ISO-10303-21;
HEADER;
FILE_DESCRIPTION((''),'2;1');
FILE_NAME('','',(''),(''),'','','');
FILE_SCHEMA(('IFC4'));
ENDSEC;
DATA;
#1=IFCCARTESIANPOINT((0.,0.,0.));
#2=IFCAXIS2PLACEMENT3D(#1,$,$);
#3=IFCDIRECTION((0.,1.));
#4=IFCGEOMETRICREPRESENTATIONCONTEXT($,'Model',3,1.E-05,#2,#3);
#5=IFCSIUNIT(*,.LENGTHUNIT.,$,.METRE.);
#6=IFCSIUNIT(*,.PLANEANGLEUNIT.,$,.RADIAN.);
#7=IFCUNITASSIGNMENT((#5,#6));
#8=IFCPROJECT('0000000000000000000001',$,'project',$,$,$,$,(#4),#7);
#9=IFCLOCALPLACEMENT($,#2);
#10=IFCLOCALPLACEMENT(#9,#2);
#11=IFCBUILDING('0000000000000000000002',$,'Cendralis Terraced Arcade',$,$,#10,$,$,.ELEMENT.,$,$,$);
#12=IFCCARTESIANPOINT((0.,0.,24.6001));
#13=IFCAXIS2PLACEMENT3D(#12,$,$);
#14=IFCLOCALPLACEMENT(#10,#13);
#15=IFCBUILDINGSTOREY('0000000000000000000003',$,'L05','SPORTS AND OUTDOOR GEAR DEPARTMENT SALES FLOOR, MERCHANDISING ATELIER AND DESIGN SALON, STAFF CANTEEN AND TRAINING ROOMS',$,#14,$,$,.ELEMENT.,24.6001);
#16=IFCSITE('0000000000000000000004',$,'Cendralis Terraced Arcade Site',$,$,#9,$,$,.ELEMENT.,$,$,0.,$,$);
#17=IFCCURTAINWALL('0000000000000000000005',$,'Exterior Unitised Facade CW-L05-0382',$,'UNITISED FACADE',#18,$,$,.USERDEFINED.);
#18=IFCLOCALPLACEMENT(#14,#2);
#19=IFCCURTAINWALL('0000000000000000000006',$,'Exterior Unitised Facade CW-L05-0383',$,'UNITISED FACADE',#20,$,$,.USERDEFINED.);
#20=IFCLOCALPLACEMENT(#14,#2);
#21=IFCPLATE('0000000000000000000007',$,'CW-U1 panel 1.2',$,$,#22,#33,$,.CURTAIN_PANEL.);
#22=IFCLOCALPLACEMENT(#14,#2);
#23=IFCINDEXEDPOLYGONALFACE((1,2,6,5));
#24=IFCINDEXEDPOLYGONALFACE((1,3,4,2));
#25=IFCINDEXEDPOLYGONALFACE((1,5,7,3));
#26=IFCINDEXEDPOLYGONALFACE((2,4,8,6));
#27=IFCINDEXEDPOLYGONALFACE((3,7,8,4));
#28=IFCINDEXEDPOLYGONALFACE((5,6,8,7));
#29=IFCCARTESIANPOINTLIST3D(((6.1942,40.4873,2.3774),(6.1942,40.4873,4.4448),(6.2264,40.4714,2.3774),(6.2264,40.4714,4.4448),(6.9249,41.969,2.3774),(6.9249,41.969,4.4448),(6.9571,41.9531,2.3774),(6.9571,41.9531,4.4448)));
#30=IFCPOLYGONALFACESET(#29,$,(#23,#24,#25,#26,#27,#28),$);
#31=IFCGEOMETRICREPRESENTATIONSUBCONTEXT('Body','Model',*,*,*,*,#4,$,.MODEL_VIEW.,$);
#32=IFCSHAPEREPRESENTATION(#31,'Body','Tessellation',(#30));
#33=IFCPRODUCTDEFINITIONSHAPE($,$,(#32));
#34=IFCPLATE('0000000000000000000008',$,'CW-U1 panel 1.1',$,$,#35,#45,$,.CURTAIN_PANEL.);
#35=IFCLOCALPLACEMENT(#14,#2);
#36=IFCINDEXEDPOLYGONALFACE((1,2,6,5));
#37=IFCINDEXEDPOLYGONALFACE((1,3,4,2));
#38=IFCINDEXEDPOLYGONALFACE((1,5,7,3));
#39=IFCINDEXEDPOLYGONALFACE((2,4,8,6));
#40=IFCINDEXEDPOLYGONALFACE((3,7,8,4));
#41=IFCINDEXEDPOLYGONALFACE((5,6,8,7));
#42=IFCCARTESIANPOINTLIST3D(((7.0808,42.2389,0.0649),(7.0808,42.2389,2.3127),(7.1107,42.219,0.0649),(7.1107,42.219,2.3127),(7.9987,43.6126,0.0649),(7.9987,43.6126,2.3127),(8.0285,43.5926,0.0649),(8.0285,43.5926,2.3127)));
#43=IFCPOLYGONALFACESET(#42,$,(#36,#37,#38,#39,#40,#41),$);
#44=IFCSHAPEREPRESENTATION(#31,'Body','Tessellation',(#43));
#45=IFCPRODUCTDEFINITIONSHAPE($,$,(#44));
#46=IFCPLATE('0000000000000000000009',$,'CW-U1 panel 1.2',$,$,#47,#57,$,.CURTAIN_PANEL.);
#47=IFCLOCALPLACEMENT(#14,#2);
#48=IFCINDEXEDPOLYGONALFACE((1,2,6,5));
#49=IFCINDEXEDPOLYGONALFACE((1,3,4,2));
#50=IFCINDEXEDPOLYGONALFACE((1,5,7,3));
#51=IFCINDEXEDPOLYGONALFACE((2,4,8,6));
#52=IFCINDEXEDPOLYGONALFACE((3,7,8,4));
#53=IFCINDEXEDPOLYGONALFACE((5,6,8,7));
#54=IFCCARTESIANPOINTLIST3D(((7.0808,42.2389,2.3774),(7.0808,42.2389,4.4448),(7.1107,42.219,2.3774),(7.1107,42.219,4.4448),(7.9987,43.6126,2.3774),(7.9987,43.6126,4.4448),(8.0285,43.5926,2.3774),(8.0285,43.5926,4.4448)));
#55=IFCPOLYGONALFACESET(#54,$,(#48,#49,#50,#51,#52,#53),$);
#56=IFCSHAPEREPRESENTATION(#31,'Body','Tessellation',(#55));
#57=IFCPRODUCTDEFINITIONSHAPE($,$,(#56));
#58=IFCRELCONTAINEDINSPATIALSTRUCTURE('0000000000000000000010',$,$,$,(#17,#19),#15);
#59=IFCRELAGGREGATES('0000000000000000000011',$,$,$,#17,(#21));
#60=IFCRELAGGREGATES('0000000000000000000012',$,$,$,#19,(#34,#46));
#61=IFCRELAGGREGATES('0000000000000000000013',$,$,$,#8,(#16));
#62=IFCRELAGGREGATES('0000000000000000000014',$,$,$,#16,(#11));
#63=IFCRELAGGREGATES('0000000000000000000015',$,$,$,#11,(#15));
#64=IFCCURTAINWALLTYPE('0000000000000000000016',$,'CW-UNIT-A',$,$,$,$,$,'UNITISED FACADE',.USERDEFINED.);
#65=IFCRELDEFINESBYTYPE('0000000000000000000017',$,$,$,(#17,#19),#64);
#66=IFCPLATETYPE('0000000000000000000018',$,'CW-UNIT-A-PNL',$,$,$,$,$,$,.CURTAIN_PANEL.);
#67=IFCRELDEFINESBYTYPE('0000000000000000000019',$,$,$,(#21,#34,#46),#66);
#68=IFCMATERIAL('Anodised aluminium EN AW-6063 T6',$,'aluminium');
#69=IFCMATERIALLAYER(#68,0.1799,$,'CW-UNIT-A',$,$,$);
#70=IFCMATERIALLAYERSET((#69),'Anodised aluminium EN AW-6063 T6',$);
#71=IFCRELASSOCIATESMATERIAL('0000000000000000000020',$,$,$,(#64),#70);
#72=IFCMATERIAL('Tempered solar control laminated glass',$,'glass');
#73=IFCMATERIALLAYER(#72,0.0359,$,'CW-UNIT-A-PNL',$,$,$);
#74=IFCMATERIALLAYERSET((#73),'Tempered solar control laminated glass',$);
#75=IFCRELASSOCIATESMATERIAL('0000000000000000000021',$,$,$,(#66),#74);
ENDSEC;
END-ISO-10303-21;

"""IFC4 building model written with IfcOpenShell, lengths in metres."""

from ifc_helpers import new_model, si_unit, direction, frame, origin, origin_2d, place, context, subcontext, project, spatial, rectangle, extrude, material, layer, layer_set, type_object, element, aggregate, save


model = new_model("IFC4")

# Units and contexts
model_context = context("Model", 3, precision=1e-05, world=origin(), true_north=direction((0.0, 1.0)))
body_context = subcontext(model_context, "Body", "Model", "MODEL_VIEW")
ifc_project = project(units=[si_unit("LENGTHUNIT", "METRE"), si_unit("PLANEANGLEUNIT", "RADIAN")], contexts=[model_context])

# Site, building, storey
site_placement = place(None, origin())
site = spatial("IfcSite", under=ifc_project, at=site_placement, Name="Cendralis Terraced Arcade Site", CompositionType="ELEMENT", RefElevation=0.0)
building_placement = place(site_placement, origin())
building = spatial("IfcBuilding", under=site, at=building_placement, Name="Cendralis Terraced Arcade", CompositionType="ELEMENT")
storey_placement = place(building_placement, frame((0.0, 0.0, 24.6001)))
storey = spatial("IfcBuildingStorey", under=building, at=storey_placement, Name="L05", Description="SPORTS AND OUTDOOR GEAR DEPARTMENT SALES FLOOR, MERCHANDISING ATELIER AND DESIGN SALON, STAFF CANTEEN AND TRAINING ROOMS", CompositionType="ELEMENT", Elevation=24.6001)

# Curtain walls
ifc_material_1 = material(Name="Anodised aluminium EN AW-6063 T6", Category="aluminium")
ifc_layer_1 = layer(ifc_material_1, 0.1799, Name="CW-UNIT-A")
ifc_layer_set_1 = layer_set([ifc_layer_1], Name="Anodised aluminium EN AW-6063 T6")
curtain_wall_type = type_object("IfcCurtainWallType", Name="CW-UNIT-A", ElementType="UNITISED FACADE", PredefinedType="USERDEFINED", material=ifc_layer_set_1)
curtain_wall_1_placement = place(storey_placement, origin())
curtain_wall_1 = element("IfcCurtainWall", 1, at=curtain_wall_1_placement, inside=storey, type_object=curtain_wall_type, Name="Exterior Unitised Facade CW-L05-0382", ObjectType="UNITISED FACADE", PredefinedType="USERDEFINED")
curtain_wall_2_placement = place(storey_placement, origin())
curtain_wall_2 = element("IfcCurtainWall", 2, at=curtain_wall_2_placement, inside=storey, type_object=curtain_wall_type, Name="Exterior Unitised Facade CW-L05-0383", ObjectType="UNITISED FACADE", PredefinedType="USERDEFINED")

# Plates
ifc_material_2 = material(Name="Tempered solar control laminated glass", Category="glass")
ifc_layer_2 = layer(ifc_material_2, 0.0359, Name="CW-UNIT-A-PNL")
ifc_layer_set_2 = layer_set([ifc_layer_2], Name="Tempered solar control laminated glass")
plate_type = type_object("IfcPlateType", Name="CW-UNIT-A-PNL", PredefinedType="CURTAIN_PANEL", material=ifc_layer_set_2)
plate_1_placement = place(storey_placement, frame((6.5757, 41.2202, 2.3774), z_axis=(0.0, 0.0, 1.0), x_axis=(0.442291, 0.896871, 0.0)))
plate_1 = element("IfcPlate", 3, at=plate_1_placement, type_object=plate_type, Name="CW-U1 panel 1.2", PredefinedType="CURTAIN_PANEL", context=body_context, shape_type="SweptSolid", body=[
    extrude(rectangle(XDim=1.6521, YDim=0.0359, at=origin_2d()), origin(), (0.0, 0.0, 1.0), 2.0674),
])
aggregate(curtain_wall_1, [plate_1])
plate_2_placement = place(storey_placement, frame((7.5547, 42.9158, 0.0649), z_axis=(0.0, 0.0, 1.0), x_axis=(0.555567, 0.831471, 0.0)))
plate_2 = element("IfcPlate", 4, at=plate_2_placement, type_object=plate_type, Name="CW-U1 panel 1.1", PredefinedType="CURTAIN_PANEL", context=body_context, shape_type="SweptSolid", body=[
    extrude(rectangle(XDim=1.6521, YDim=0.0359, at=origin_2d()), origin(), (0.0, 0.0, 1.0), 2.2478),
])
plate_3_placement = place(storey_placement, frame((7.5547, 42.9158, 2.3774), z_axis=(0.0, 0.0, 1.0), x_axis=(0.555567, 0.831471, 0.0)))
plate_3 = element("IfcPlate", 5, at=plate_3_placement, type_object=plate_type, Name="CW-U1 panel 1.2", PredefinedType="CURTAIN_PANEL", context=body_context, shape_type="SweptSolid", body=[
    extrude(rectangle(XDim=1.6521, YDim=0.0359, at=origin_2d()), origin(), (0.0, 0.0, 1.0), 2.0674),
])
aggregate(curtain_wall_2, [plate_2, plate_3])

save(model, "model.ifc")
